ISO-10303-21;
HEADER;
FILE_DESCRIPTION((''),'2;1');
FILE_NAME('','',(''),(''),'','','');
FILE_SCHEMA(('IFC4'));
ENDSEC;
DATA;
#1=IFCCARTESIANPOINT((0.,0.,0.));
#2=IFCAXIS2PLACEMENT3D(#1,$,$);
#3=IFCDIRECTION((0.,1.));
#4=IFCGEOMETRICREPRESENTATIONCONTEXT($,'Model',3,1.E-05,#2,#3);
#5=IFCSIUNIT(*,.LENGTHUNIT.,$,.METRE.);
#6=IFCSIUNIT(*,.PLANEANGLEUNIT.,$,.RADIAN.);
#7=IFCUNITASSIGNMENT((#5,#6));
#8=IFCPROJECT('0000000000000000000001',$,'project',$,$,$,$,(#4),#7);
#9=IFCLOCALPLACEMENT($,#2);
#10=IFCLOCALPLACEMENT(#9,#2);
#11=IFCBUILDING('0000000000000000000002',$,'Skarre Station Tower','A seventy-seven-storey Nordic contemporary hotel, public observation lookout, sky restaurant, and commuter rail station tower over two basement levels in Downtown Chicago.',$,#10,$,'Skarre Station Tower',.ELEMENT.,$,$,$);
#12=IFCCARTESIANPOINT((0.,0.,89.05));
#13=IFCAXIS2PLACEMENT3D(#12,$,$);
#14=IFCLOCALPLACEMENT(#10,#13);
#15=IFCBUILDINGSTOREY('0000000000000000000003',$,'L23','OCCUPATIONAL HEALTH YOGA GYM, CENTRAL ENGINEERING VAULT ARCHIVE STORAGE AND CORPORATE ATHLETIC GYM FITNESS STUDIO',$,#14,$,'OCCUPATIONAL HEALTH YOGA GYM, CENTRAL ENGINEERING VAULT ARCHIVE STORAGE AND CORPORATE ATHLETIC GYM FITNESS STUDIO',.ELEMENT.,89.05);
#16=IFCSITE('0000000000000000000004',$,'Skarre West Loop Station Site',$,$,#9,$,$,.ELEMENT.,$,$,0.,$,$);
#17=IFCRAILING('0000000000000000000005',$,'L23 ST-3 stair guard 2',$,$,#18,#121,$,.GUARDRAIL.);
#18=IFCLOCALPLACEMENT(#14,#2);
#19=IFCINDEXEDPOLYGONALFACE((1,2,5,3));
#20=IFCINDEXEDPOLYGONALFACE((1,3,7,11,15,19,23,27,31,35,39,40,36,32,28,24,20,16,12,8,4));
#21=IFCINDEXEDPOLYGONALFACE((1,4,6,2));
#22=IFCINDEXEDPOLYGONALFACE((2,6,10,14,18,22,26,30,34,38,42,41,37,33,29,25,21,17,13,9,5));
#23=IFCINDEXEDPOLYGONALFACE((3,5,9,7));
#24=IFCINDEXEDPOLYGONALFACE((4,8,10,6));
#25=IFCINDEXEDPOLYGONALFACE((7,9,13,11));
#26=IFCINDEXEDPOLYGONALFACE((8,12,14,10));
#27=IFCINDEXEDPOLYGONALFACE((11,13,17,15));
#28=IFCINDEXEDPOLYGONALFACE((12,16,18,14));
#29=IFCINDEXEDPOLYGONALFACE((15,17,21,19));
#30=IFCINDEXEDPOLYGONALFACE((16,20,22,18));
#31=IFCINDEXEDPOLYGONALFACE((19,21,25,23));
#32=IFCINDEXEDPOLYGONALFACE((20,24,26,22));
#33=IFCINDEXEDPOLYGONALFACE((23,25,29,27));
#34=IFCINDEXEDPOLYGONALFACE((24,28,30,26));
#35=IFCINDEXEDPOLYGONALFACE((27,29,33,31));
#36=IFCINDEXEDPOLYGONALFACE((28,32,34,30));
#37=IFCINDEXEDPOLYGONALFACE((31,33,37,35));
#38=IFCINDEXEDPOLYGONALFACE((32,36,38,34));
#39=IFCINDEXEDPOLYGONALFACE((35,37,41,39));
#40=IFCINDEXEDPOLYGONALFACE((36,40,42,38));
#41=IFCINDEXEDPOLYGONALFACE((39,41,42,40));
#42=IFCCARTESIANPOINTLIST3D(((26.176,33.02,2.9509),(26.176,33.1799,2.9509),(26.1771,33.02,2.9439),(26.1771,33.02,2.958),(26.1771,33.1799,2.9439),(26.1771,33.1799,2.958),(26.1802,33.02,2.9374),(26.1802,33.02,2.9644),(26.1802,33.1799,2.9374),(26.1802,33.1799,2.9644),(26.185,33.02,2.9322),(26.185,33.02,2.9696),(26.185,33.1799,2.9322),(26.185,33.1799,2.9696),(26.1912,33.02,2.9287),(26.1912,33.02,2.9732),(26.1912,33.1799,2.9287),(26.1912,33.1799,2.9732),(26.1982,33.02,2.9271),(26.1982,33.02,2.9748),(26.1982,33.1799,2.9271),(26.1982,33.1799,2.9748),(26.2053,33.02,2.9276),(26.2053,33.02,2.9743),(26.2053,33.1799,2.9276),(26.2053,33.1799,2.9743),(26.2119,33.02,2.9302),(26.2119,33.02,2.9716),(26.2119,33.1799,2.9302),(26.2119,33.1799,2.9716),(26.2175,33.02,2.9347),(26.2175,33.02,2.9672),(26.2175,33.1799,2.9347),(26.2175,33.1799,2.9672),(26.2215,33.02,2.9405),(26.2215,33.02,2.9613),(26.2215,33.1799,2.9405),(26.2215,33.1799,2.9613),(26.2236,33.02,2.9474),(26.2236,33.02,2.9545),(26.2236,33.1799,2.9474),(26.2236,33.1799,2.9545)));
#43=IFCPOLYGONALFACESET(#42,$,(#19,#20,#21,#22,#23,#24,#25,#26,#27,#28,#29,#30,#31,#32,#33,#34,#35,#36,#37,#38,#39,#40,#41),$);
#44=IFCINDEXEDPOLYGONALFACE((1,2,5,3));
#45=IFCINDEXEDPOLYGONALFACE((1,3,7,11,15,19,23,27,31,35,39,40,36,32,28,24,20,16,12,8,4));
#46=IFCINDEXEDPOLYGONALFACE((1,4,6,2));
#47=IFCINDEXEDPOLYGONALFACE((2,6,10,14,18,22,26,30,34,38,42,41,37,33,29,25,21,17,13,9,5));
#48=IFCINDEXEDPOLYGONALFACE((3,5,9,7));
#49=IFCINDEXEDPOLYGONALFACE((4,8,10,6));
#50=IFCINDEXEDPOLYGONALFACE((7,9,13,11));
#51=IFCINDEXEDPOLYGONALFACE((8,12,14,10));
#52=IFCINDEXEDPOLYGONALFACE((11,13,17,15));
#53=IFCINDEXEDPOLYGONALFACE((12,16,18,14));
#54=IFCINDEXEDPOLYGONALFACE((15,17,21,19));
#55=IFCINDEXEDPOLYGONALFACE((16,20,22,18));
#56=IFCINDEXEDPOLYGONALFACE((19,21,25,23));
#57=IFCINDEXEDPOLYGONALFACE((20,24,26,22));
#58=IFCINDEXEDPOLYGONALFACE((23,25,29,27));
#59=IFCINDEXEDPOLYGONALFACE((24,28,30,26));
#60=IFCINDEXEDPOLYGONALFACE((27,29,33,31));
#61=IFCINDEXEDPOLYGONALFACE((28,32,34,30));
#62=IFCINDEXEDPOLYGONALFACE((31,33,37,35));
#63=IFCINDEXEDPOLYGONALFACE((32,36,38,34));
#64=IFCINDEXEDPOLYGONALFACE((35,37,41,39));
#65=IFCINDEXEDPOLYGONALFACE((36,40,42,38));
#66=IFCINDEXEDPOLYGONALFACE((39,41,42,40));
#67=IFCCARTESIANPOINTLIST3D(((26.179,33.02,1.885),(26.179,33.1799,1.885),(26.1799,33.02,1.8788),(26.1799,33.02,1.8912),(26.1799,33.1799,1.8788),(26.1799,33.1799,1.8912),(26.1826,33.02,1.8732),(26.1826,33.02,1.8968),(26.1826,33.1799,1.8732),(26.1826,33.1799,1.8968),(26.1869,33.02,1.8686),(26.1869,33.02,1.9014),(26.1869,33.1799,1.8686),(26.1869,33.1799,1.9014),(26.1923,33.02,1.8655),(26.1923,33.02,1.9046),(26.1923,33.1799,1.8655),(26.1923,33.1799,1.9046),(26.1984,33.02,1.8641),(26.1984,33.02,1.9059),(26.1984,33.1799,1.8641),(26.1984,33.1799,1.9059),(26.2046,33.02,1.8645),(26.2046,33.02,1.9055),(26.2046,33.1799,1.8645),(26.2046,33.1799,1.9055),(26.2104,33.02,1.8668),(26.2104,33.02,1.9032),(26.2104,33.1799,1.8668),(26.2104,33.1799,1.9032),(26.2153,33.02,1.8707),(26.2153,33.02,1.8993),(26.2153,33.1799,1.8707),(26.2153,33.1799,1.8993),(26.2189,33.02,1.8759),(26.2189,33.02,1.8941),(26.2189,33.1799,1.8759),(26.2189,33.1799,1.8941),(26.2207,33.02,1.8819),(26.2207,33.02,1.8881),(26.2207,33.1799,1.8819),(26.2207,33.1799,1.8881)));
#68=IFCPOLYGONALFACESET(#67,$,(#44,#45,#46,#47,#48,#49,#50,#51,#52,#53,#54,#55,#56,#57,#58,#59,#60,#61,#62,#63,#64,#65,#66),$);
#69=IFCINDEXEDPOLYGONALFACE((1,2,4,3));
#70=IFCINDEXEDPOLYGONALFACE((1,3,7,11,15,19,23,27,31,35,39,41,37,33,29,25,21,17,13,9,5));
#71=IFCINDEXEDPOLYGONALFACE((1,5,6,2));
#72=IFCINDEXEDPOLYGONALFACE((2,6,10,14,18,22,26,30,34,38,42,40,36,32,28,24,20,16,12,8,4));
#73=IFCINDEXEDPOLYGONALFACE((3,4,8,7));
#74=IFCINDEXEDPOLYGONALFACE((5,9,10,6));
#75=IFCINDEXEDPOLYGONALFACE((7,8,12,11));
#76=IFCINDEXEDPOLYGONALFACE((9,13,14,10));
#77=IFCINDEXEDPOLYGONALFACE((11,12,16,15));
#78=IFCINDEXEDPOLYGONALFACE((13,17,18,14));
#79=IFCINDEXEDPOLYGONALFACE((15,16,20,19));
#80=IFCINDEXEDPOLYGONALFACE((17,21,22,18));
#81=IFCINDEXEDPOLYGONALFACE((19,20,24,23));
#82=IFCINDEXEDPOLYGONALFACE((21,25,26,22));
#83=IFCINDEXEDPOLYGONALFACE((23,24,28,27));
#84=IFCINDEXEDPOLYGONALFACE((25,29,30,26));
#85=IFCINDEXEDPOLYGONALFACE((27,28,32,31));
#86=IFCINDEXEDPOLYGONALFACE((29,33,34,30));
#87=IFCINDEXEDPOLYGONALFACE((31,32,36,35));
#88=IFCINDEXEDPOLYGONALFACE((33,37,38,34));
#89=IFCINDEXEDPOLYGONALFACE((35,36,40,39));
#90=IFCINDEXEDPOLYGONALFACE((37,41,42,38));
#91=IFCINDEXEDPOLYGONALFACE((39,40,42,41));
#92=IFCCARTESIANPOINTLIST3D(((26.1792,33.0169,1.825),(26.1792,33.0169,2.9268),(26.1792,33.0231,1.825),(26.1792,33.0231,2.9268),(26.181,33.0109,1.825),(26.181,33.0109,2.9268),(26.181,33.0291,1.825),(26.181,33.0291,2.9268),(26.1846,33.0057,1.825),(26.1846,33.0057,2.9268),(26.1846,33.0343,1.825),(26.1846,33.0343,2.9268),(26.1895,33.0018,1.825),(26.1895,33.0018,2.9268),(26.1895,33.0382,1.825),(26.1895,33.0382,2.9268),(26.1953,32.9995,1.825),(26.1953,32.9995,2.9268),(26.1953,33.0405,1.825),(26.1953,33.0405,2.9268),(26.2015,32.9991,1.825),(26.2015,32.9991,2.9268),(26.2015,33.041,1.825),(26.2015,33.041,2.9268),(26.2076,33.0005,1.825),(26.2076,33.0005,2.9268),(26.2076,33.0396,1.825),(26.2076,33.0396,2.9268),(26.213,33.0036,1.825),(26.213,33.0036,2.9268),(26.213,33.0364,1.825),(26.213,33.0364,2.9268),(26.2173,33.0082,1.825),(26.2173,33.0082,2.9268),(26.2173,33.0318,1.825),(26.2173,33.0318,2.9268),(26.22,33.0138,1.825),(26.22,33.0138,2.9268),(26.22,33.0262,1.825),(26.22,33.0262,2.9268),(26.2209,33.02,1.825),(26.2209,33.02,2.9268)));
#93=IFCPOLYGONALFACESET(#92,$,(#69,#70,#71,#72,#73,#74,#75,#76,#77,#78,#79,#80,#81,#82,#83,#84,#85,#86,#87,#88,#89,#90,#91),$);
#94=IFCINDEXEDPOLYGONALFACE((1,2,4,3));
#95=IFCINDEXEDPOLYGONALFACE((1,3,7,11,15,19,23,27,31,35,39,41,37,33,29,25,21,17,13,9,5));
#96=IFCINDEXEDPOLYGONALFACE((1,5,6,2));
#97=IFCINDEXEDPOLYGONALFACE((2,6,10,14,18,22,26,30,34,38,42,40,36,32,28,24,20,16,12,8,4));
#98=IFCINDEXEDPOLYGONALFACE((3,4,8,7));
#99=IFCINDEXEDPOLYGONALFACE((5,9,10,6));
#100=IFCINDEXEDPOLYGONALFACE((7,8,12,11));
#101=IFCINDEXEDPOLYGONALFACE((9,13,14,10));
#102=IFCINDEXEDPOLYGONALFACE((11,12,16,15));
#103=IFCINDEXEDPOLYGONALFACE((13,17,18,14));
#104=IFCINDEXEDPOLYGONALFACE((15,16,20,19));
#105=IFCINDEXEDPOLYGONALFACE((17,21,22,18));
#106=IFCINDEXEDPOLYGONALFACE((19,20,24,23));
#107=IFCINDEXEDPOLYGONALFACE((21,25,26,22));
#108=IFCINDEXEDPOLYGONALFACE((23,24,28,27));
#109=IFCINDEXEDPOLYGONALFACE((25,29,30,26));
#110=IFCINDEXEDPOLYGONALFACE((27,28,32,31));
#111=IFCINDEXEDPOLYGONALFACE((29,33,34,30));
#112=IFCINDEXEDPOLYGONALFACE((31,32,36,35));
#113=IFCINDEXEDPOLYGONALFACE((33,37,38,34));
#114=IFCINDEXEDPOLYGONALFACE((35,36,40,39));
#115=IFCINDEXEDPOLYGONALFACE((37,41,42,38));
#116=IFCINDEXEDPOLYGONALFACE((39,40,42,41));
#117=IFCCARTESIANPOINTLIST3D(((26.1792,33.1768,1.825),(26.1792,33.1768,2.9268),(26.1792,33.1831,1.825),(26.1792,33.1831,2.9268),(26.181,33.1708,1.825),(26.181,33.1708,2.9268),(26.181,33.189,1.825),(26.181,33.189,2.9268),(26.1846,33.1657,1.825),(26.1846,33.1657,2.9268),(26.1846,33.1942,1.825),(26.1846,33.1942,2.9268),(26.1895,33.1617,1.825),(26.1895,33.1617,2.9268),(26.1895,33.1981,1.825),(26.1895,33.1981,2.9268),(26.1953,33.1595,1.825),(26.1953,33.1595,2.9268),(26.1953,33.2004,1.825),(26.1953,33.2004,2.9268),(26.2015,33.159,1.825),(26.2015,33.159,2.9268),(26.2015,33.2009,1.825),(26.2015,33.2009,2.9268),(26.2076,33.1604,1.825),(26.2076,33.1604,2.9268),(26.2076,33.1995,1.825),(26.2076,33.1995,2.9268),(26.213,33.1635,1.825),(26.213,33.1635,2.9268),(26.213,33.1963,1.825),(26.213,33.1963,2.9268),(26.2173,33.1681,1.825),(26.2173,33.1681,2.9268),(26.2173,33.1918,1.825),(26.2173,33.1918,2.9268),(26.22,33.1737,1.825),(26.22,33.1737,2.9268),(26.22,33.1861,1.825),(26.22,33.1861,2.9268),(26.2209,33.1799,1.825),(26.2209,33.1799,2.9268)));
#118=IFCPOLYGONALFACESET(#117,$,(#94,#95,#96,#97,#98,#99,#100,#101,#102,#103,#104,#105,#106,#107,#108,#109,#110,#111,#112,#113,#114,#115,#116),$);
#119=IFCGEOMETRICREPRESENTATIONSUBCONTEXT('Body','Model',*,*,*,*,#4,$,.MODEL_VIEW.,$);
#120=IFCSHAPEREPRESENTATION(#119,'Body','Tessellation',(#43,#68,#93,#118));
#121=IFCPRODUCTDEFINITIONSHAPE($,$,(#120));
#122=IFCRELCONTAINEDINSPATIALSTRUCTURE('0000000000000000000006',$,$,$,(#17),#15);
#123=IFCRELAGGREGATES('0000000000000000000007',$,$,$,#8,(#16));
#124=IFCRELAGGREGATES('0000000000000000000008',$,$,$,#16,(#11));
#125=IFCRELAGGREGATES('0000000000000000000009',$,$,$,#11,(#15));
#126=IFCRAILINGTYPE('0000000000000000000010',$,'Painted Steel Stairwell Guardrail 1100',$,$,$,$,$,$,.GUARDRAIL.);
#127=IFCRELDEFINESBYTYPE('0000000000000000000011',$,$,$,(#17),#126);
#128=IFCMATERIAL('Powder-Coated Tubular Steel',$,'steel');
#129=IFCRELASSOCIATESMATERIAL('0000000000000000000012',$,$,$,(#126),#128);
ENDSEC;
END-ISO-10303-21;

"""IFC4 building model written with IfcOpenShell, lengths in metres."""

from ifc_helpers import new_model, si_unit, direction, frame, origin, origin_2d, place, context, subcontext, project, spatial, circle, extrude, material, type_object, element, save


model = new_model("IFC4")

# Units and contexts
model_context = context("Model", 3, precision=1e-05, world=origin(), true_north=direction((0.0, 1.0)))
body_context = subcontext(model_context, "Body", "Model", "MODEL_VIEW")
ifc_project = project(units=[si_unit("LENGTHUNIT", "METRE"), si_unit("PLANEANGLEUNIT", "RADIAN")], contexts=[model_context])

# Site, building, storey
site_placement = place(None, origin())
site = spatial("IfcSite", under=ifc_project, at=site_placement, Name="Skarre West Loop Station Site", CompositionType="ELEMENT", RefElevation=0.0)
building_placement = place(site_placement, origin())
building = spatial("IfcBuilding", under=site, at=building_placement, Name="Skarre Station Tower", Description="A seventy-seven-storey Nordic contemporary hotel, public observation lookout, sky restaurant, and commuter rail station tower over two basement levels in Downtown Chicago.", LongName="Skarre Station Tower", CompositionType="ELEMENT")
storey_placement = place(building_placement, frame((0.0, 0.0, 89.05)))
storey = spatial("IfcBuildingStorey", under=building, at=storey_placement, Name="L23", Description="OCCUPATIONAL HEALTH YOGA GYM, CENTRAL ENGINEERING VAULT ARCHIVE STORAGE AND CORPORATE ATHLETIC GYM FITNESS STUDIO", LongName="OCCUPATIONAL HEALTH YOGA GYM, CENTRAL ENGINEERING VAULT ARCHIVE STORAGE AND CORPORATE ATHLETIC GYM FITNESS STUDIO", CompositionType="ELEMENT", Elevation=89.05)

# Railing
ifc_material_1 = material(Name="Powder-Coated Tubular Steel", Category="steel")
railing_type_1 = type_object("IfcRailingType", Name="Painted Steel Stairwell Guardrail 1100", PredefinedType="GUARDRAIL", material=ifc_material_1)
railing_1_placement = place(storey_placement, frame((26.2, 33.02, 1.825)))
element("IfcRailing", 1, at=railing_1_placement, inside=storey, type_object=railing_type_1, Name="L23 ST-3 stair guard 2", PredefinedType="GUARDRAIL", context=body_context, shape_type="SweptSolid", body=[
    extrude(circle(Radius=0.0239, at=origin_2d()), frame((0.0, 0.0, 1.126), z_axis=(0.0, 1.0, 0.0), x_axis=(-1.0, 0.0, 0.0)), (0.0, 0.0, 1.0), 0.1599),
    extrude(circle(Radius=0.021, at=origin_2d()), frame((0.0, 0.0, 0.0601), z_axis=(0.0, 1.0, 0.0), x_axis=(-1.0, 0.0, 0.0)), (0.0, 0.0, 1.0), 0.1599),
    extrude(circle(Radius=0.021, at=origin_2d()), origin(), (0.0, 0.0, 1.0), 1.1018),
    extrude(circle(Radius=0.021, at=origin_2d()), frame((0.0, 0.1599, 0.0)), (0.0, 0.0, 1.0), 1.1018),
])

save(model, "model.ifc")
